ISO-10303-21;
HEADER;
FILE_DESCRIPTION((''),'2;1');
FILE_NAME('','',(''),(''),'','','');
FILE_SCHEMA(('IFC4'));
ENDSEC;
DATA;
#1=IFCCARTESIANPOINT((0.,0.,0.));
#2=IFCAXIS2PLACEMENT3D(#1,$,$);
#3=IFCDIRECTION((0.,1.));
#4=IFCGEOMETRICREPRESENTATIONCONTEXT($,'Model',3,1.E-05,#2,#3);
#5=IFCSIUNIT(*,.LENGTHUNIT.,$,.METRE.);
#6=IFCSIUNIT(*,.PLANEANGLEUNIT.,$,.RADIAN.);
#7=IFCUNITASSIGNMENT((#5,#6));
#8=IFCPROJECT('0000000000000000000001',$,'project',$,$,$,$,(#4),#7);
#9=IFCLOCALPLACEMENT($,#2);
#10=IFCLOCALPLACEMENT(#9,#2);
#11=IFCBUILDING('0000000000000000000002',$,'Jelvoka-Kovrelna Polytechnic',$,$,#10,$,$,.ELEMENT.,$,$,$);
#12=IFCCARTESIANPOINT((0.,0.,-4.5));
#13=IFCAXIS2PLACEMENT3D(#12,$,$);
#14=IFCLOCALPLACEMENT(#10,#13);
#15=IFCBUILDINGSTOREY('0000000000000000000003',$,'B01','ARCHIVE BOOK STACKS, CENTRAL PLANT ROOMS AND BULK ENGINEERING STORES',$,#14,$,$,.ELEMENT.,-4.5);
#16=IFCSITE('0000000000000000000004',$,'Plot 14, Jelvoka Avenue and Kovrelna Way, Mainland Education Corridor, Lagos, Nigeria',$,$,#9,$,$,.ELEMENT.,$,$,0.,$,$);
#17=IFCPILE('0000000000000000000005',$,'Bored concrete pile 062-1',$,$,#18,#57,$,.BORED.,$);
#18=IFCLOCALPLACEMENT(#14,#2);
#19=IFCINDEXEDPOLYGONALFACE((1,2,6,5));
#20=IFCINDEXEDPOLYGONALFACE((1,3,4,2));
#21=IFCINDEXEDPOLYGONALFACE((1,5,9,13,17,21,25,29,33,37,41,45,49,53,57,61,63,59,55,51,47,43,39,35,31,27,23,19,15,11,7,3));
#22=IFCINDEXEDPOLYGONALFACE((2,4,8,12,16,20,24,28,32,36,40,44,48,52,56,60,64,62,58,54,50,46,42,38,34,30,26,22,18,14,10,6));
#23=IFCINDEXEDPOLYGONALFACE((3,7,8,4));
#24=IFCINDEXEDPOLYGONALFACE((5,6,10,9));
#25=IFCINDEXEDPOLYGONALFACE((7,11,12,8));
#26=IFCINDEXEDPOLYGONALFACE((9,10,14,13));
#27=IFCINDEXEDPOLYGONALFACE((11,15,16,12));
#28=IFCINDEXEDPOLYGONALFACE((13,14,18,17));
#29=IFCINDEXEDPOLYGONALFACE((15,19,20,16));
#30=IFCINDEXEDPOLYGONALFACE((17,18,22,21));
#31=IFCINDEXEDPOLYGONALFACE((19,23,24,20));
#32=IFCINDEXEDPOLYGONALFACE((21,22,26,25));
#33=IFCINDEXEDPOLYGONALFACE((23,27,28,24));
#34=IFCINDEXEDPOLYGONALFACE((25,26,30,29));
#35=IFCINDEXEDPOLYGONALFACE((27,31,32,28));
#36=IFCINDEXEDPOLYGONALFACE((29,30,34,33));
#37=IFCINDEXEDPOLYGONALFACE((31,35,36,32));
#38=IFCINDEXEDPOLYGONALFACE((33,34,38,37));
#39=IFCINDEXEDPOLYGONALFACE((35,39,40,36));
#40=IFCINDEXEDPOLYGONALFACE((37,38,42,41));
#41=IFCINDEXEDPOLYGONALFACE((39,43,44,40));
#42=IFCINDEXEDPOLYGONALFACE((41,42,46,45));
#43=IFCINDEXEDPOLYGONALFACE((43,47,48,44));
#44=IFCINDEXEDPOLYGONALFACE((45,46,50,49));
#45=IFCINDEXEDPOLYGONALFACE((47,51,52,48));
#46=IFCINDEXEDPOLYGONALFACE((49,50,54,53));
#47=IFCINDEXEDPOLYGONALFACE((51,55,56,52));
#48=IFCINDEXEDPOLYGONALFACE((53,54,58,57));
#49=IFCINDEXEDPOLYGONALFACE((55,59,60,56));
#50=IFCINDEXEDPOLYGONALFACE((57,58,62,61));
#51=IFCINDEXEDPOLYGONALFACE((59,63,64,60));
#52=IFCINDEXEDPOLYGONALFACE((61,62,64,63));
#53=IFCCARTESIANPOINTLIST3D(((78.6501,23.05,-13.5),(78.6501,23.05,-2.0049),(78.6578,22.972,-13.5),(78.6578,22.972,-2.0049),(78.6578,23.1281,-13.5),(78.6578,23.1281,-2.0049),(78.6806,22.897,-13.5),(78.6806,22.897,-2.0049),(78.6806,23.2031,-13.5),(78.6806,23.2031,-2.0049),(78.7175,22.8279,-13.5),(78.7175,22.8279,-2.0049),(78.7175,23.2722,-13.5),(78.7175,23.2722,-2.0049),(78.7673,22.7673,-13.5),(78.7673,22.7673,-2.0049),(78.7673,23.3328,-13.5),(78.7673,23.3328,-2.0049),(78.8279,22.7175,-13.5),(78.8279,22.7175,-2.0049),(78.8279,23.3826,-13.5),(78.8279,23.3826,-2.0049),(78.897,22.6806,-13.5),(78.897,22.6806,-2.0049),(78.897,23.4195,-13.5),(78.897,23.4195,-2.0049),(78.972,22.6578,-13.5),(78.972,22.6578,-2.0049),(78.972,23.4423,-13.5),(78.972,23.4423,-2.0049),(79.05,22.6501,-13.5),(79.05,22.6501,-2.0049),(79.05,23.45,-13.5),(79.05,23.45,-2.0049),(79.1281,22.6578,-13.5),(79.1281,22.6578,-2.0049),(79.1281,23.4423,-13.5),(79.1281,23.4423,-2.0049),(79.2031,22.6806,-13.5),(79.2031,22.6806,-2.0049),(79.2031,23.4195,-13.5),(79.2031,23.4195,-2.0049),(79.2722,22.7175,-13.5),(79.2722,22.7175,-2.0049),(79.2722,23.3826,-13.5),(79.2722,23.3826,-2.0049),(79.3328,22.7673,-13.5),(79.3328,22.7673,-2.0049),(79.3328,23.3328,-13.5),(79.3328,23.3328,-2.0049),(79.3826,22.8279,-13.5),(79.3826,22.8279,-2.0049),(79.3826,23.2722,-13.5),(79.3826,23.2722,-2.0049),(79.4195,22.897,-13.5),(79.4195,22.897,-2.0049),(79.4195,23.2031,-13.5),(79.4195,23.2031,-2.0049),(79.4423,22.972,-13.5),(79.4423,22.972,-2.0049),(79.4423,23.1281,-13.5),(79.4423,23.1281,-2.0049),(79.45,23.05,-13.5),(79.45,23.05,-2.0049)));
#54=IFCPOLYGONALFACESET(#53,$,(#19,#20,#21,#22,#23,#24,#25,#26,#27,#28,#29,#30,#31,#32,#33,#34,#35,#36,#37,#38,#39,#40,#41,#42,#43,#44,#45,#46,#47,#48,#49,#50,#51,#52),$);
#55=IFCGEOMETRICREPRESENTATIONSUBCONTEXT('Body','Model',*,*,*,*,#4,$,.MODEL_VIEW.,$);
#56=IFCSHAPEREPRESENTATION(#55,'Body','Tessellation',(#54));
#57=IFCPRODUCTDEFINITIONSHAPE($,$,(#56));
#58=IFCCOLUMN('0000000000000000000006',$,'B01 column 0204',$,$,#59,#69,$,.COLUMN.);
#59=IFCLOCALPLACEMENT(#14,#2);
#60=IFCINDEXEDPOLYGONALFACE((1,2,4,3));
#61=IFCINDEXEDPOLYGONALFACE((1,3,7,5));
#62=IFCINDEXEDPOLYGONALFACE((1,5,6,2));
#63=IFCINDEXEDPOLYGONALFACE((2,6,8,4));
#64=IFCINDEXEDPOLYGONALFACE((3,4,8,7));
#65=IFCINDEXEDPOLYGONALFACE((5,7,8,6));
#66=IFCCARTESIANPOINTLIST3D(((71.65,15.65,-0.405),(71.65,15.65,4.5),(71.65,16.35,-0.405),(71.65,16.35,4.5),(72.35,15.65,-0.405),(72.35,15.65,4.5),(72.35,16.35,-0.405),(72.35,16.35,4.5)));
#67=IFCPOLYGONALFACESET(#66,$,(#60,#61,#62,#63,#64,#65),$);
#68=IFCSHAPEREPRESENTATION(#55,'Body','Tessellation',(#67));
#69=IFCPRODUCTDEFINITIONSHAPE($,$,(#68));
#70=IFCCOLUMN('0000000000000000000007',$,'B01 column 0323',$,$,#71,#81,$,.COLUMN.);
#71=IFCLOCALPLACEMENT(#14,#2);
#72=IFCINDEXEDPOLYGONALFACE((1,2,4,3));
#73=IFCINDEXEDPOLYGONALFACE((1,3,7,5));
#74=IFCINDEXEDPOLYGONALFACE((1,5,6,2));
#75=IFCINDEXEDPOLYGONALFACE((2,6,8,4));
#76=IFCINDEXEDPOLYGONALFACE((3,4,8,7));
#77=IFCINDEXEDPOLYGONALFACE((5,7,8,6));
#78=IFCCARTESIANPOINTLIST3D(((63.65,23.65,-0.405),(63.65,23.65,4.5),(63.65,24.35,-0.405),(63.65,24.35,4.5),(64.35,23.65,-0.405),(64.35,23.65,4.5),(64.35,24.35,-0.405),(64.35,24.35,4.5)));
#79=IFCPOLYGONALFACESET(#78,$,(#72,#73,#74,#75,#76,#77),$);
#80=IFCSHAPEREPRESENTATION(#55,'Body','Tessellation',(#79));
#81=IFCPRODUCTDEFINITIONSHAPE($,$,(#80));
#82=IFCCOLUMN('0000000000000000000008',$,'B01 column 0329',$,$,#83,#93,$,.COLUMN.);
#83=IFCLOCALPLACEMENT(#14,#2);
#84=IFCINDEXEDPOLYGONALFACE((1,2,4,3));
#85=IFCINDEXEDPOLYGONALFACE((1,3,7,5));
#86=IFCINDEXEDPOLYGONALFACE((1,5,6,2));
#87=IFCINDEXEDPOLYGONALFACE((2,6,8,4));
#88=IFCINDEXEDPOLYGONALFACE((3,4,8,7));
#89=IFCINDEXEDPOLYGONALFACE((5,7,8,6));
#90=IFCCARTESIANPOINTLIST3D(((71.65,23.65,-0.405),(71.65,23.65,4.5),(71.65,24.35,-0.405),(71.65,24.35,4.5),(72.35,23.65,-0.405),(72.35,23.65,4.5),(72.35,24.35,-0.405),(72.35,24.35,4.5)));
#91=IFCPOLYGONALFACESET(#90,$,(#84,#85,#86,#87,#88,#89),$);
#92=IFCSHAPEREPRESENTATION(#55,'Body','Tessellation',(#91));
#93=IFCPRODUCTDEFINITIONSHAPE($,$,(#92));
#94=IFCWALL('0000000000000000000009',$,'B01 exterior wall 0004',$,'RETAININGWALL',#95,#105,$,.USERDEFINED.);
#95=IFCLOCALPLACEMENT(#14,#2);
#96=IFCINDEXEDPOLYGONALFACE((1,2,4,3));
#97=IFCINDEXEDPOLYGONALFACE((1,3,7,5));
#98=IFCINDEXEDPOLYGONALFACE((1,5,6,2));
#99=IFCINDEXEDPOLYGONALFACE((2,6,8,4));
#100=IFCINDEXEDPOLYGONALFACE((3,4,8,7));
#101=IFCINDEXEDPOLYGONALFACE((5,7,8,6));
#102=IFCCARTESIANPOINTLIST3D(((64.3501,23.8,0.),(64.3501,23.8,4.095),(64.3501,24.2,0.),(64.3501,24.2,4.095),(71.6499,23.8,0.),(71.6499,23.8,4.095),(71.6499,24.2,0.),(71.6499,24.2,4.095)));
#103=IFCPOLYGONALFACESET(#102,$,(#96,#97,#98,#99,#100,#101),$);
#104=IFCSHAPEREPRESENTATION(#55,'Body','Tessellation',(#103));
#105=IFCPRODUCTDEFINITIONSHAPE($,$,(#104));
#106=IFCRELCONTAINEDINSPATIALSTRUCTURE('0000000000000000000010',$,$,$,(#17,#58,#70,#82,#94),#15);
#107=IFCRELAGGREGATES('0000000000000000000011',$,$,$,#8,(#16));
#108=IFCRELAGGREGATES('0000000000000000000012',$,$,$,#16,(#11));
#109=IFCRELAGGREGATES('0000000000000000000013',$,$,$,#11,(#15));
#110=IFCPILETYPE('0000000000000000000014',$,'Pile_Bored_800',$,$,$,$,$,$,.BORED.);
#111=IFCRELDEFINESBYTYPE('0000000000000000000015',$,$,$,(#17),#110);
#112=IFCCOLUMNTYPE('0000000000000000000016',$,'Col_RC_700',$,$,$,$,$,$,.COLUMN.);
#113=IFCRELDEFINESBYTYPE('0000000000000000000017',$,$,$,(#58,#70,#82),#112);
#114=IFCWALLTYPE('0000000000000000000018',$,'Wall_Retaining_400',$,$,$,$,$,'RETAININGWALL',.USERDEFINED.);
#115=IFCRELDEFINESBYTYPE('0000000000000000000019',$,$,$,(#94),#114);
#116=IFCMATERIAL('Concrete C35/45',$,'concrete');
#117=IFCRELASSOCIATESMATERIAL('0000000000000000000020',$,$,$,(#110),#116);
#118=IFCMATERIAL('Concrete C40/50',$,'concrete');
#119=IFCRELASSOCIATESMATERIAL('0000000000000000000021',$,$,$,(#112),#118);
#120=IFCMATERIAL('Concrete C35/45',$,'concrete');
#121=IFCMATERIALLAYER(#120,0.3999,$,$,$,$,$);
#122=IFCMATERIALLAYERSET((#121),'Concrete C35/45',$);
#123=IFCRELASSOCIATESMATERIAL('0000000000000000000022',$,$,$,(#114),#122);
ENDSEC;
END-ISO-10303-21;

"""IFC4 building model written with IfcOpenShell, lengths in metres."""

from ifc_helpers import new_model, si_unit, direction, frame, frame_2d, origin, origin_2d, place, context, subcontext, project, spatial, rectangle, circle, extrude, material, layer, layer_set, material_profile, profile_set, type_object, element, save


model = new_model("IFC4")

# Units and contexts
model_context = context("Model", 3, precision=1e-05, world=origin(), true_north=direction((0.0, 1.0)))
body_context = subcontext(model_context, "Body", "Model", "MODEL_VIEW")
ifc_project = project(units=[si_unit("LENGTHUNIT", "METRE"), si_unit("PLANEANGLEUNIT", "RADIAN")], contexts=[model_context])

# Site, building, storey
site_placement = place(None, origin())
site = spatial("IfcSite", under=ifc_project, at=site_placement, Name="Plot 14, Jelvoka Avenue and Kovrelna Way, Mainland Education Corridor, Lagos, Nigeria", CompositionType="ELEMENT", RefElevation=0.0)
building_placement = place(site_placement, origin())
building = spatial("IfcBuilding", under=site, at=building_placement, Name="Jelvoka-Kovrelna Polytechnic", CompositionType="ELEMENT")
storey_placement = place(building_placement, frame((0.0, 0.0, -4.5)))
storey = spatial("IfcBuildingStorey", under=building, at=storey_placement, Name="B01", Description="ARCHIVE BOOK STACKS, CENTRAL PLANT ROOMS AND BULK ENGINEERING STORES", CompositionType="ELEMENT", Elevation=-4.5)

# Pile
ifc_material_1 = material(Name="Concrete C35/45", Category="concrete")
ifc_material_profile_1 = material_profile(ifc_material_1, circle(Radius=0.3999, at=origin_2d()), Name="PILE D800")
ifc_profile_set_1 = profile_set([ifc_material_profile_1], Name="Concrete C35/45")
pile_type = type_object("IfcPileType", Name="Pile_Bored_800", PredefinedType="BORED", material=ifc_profile_set_1)
pile_1_placement = place(storey_placement, frame((79.05, 23.05, -2.0049), z_axis=(0.0, 0.0, -1.0), x_axis=(1.0, 0.0, 0.0)))
element("IfcPile", 1, at=pile_1_placement, inside=storey, type_object=pile_type, Name="Bored concrete pile 062-1", PredefinedType="BORED", context=body_context, shape_type="SweptSolid", body=[
    extrude(circle(Radius=0.3999, at=origin_2d()), origin(), (0.0, 0.0, 1.0), 11.4951),
])

# Columns
ifc_material_2 = material(Name="Concrete C40/50", Category="concrete")
ifc_material_profile_2 = material_profile(ifc_material_2, rectangle(XDim=0.7, YDim=0.7, at=origin_2d()), Name="RC 700x700")
ifc_profile_set_2 = profile_set([ifc_material_profile_2], Name="Concrete C40/50")
column_type = type_object("IfcColumnType", Name="Col_RC_700", PredefinedType="COLUMN", material=ifc_profile_set_2)
for number, where, z_axis, x_axis, name in (
    (2, (72.0, 16.0, -0.405), (0.0, 0.0, 1.0), (1.0, 0.0, 0.0), "B01 column 0204"),
    (3, (64.0, 24.0, -0.405), (0.0, 0.0, 1.0), (1.0, 0.0, 0.0), "B01 column 0323"),
    (4, (72.0, 24.0, -0.405), (0.0, 0.0, 1.0), (1.0, 0.0, 0.0), "B01 column 0329"),
):
    element("IfcColumn", number, at=place(storey_placement, frame(where, z_axis=z_axis, x_axis=x_axis)), inside=storey, type_object=column_type, Name=name, PredefinedType="COLUMN", context=body_context, shape_type="SweptSolid", body=[
        extrude(rectangle(XDim=0.7, YDim=0.7, at=origin_2d()), origin(), (0.0, 0.0, 1.0), 4.905),
    ])

# Wall
ifc_material_3 = material(Name="Concrete C35/45", Category="concrete")
ifc_layer = layer(ifc_material_3, 0.3999)
ifc_layer_set = layer_set([ifc_layer], Name="Concrete C35/45")
wall_type = type_object("IfcWallType", Name="Wall_Retaining_400", ElementType="RETAININGWALL", PredefinedType="USERDEFINED", material=ifc_layer_set)
wall_placement = place(storey_placement, frame((64.3501, 24.0, 0.0), z_axis=(0.0, 0.0, 1.0), x_axis=(1.0, 0.0, 0.0)))
element("IfcWall", 5, at=wall_placement, inside=storey, type_object=wall_type, Name="B01 exterior wall 0004", ObjectType="RETAININGWALL", PredefinedType="USERDEFINED", context=body_context, shape_type="SweptSolid", body=[
    extrude(rectangle(XDim=7.2998, YDim=0.3999, at=frame_2d((3.6499, 0.0))), origin(), (0.0, 0.0, 1.0), 4.095),
])

save(model, "model.ifc")
